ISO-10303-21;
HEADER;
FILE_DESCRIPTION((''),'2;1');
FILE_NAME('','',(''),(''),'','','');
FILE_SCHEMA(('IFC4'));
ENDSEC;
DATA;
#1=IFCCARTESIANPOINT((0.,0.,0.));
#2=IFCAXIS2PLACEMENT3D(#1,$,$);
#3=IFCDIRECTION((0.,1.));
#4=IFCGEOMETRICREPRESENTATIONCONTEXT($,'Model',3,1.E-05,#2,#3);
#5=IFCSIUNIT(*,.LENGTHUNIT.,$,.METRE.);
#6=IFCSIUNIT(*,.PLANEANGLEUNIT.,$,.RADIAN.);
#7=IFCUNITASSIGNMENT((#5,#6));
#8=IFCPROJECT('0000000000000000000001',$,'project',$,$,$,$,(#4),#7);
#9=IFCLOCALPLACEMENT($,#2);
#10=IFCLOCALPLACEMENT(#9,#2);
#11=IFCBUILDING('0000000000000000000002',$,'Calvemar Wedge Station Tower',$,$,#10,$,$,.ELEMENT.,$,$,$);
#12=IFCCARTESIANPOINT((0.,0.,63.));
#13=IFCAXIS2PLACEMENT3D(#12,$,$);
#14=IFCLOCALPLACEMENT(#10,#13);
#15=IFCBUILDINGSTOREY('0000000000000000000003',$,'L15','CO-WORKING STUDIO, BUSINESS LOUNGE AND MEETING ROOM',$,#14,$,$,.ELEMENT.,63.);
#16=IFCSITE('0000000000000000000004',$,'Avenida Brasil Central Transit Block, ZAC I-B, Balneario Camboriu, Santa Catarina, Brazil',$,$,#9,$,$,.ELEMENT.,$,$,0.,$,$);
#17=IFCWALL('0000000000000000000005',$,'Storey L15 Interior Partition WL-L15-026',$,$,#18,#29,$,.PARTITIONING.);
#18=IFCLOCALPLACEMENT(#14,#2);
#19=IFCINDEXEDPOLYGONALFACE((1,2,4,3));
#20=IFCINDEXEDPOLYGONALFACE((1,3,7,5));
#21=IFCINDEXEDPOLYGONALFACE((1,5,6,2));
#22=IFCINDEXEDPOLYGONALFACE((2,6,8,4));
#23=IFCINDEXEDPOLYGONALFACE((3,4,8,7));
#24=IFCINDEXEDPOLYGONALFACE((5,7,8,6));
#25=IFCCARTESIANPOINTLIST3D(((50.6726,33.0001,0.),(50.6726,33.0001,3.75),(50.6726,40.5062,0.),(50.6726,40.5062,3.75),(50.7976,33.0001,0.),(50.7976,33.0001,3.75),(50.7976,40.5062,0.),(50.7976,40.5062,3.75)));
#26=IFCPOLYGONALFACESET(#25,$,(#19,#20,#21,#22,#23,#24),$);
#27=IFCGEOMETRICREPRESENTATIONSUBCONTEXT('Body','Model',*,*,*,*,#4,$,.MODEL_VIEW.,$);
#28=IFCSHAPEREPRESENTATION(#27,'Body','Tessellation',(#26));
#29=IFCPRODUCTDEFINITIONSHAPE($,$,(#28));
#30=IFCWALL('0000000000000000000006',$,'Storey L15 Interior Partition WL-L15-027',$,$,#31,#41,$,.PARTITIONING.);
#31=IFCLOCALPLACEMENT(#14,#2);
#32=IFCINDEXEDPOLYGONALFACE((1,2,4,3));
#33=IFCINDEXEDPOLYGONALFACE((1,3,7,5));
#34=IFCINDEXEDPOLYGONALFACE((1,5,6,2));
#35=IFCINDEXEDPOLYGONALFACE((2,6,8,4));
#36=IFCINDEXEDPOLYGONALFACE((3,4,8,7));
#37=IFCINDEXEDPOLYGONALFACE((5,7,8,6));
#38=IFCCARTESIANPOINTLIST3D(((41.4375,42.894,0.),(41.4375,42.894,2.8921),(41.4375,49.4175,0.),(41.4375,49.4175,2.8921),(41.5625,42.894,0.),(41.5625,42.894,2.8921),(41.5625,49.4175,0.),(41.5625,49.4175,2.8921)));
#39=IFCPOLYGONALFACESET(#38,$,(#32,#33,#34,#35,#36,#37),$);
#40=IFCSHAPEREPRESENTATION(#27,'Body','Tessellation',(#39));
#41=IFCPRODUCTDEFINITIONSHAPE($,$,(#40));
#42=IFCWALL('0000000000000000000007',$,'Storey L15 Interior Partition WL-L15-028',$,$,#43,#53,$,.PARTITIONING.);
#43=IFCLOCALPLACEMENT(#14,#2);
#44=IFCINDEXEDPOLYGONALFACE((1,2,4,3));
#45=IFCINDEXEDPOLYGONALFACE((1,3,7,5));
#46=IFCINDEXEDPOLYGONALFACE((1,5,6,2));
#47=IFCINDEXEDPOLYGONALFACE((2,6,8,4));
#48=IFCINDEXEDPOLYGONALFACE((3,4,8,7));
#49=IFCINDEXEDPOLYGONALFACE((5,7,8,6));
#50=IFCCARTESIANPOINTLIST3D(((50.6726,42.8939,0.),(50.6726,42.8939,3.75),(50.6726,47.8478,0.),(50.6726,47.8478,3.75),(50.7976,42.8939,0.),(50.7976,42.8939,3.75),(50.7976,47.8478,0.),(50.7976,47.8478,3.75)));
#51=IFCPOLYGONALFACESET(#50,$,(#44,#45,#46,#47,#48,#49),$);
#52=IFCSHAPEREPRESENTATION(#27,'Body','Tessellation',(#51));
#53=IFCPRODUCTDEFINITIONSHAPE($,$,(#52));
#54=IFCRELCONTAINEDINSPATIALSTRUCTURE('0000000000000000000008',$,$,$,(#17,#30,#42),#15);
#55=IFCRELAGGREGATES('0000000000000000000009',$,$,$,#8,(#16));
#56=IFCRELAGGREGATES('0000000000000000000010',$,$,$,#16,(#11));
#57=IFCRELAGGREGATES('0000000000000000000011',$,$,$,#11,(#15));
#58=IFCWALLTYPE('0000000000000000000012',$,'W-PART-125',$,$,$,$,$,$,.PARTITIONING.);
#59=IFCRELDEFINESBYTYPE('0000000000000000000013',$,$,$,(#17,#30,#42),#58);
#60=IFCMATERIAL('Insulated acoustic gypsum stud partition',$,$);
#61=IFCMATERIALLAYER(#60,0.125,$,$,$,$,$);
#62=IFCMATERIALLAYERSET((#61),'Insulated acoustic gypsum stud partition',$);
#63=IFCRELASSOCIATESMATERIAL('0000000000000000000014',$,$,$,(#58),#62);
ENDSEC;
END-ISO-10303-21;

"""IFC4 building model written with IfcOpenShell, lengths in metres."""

from ifc_helpers import new_model, si_unit, direction, frame, frame_2d, origin, place, context, subcontext, project, spatial, rectangle, extrude, material, layer, layer_set, type_object, element, save


model = new_model("IFC4")

# Units and contexts
model_context = context("Model", 3, precision=1e-05, world=origin(), true_north=direction((0.0, 1.0)))
body_context = subcontext(model_context, "Body", "Model", "MODEL_VIEW")
ifc_project = project(units=[si_unit("LENGTHUNIT", "METRE"), si_unit("PLANEANGLEUNIT", "RADIAN")], contexts=[model_context])

# Site, building, storey
site_placement = place(None, origin())
site = spatial("IfcSite", under=ifc_project, at=site_placement, Name="Avenida Brasil Central Transit Block, ZAC I-B, Balneario Camboriu, Santa Catarina, Brazil", CompositionType="ELEMENT", RefElevation=0.0)
building_placement = place(site_placement, origin())
building = spatial("IfcBuilding", under=site, at=building_placement, Name="Calvemar Wedge Station Tower", CompositionType="ELEMENT")
storey_placement = place(building_placement, frame((0.0, 0.0, 63.0)))
storey = spatial("IfcBuildingStorey", under=building, at=storey_placement, Name="L15", Description="CO-WORKING STUDIO, BUSINESS LOUNGE AND MEETING ROOM", CompositionType="ELEMENT", Elevation=63.0)

# Walls
ifc_material_1 = material(Name="Insulated acoustic gypsum stud partition")
ifc_layer_1 = layer(ifc_material_1, 0.125)
ifc_layer_set_1 = layer_set([ifc_layer_1], Name="Insulated acoustic gypsum stud partition")
wall_type_1 = type_object("IfcWallType", Name="W-PART-125", PredefinedType="PARTITIONING", material=ifc_layer_set_1)
wall_1_placement = place(storey_placement, frame((50.7351, 40.5061, 0.0), z_axis=(0.0, 0.0, 1.0), x_axis=(0.0, -1.0, 0.0)))
element("IfcWall", 1, at=wall_1_placement, inside=storey, type_object=wall_type_1, Name="Storey L15 Interior Partition WL-L15-026", PredefinedType="PARTITIONING", context=body_context, shape_type="SweptSolid", body=[
    extrude(rectangle(XDim=7.5061, YDim=0.125, at=frame_2d((3.7529, 0.0))), origin(), (0.0, 0.0, 1.0), 3.75),
])
wall_2_placement = place(storey_placement, frame((41.5, 49.4175, 0.0), z_axis=(0.0, 0.0, 1.0), x_axis=(0.0, -1.0, 0.0)))
element("IfcWall", 2, at=wall_2_placement, inside=storey, type_object=wall_type_1, Name="Storey L15 Interior Partition WL-L15-027", PredefinedType="PARTITIONING", context=body_context, shape_type="SweptSolid", body=[
    extrude(rectangle(XDim=6.5234, YDim=0.125, at=frame_2d((3.2617, 0.0))), origin(), (0.0, 0.0, 1.0), 2.8921),
])
wall_3_placement = place(storey_placement, frame((50.7351, 47.8479, 0.0), z_axis=(0.0, 0.0, 1.0), x_axis=(0.0, -1.0, 0.0)))
element("IfcWall", 3, at=wall_3_placement, inside=storey, type_object=wall_type_1, Name="Storey L15 Interior Partition WL-L15-028", PredefinedType="PARTITIONING", context=body_context, shape_type="SweptSolid", body=[
    extrude(rectangle(XDim=4.9539, YDim=0.125, at=frame_2d((2.4771, 0.0))), origin(), (0.0, 0.0, 1.0), 3.75),
])

save(model, "model.ifc")
